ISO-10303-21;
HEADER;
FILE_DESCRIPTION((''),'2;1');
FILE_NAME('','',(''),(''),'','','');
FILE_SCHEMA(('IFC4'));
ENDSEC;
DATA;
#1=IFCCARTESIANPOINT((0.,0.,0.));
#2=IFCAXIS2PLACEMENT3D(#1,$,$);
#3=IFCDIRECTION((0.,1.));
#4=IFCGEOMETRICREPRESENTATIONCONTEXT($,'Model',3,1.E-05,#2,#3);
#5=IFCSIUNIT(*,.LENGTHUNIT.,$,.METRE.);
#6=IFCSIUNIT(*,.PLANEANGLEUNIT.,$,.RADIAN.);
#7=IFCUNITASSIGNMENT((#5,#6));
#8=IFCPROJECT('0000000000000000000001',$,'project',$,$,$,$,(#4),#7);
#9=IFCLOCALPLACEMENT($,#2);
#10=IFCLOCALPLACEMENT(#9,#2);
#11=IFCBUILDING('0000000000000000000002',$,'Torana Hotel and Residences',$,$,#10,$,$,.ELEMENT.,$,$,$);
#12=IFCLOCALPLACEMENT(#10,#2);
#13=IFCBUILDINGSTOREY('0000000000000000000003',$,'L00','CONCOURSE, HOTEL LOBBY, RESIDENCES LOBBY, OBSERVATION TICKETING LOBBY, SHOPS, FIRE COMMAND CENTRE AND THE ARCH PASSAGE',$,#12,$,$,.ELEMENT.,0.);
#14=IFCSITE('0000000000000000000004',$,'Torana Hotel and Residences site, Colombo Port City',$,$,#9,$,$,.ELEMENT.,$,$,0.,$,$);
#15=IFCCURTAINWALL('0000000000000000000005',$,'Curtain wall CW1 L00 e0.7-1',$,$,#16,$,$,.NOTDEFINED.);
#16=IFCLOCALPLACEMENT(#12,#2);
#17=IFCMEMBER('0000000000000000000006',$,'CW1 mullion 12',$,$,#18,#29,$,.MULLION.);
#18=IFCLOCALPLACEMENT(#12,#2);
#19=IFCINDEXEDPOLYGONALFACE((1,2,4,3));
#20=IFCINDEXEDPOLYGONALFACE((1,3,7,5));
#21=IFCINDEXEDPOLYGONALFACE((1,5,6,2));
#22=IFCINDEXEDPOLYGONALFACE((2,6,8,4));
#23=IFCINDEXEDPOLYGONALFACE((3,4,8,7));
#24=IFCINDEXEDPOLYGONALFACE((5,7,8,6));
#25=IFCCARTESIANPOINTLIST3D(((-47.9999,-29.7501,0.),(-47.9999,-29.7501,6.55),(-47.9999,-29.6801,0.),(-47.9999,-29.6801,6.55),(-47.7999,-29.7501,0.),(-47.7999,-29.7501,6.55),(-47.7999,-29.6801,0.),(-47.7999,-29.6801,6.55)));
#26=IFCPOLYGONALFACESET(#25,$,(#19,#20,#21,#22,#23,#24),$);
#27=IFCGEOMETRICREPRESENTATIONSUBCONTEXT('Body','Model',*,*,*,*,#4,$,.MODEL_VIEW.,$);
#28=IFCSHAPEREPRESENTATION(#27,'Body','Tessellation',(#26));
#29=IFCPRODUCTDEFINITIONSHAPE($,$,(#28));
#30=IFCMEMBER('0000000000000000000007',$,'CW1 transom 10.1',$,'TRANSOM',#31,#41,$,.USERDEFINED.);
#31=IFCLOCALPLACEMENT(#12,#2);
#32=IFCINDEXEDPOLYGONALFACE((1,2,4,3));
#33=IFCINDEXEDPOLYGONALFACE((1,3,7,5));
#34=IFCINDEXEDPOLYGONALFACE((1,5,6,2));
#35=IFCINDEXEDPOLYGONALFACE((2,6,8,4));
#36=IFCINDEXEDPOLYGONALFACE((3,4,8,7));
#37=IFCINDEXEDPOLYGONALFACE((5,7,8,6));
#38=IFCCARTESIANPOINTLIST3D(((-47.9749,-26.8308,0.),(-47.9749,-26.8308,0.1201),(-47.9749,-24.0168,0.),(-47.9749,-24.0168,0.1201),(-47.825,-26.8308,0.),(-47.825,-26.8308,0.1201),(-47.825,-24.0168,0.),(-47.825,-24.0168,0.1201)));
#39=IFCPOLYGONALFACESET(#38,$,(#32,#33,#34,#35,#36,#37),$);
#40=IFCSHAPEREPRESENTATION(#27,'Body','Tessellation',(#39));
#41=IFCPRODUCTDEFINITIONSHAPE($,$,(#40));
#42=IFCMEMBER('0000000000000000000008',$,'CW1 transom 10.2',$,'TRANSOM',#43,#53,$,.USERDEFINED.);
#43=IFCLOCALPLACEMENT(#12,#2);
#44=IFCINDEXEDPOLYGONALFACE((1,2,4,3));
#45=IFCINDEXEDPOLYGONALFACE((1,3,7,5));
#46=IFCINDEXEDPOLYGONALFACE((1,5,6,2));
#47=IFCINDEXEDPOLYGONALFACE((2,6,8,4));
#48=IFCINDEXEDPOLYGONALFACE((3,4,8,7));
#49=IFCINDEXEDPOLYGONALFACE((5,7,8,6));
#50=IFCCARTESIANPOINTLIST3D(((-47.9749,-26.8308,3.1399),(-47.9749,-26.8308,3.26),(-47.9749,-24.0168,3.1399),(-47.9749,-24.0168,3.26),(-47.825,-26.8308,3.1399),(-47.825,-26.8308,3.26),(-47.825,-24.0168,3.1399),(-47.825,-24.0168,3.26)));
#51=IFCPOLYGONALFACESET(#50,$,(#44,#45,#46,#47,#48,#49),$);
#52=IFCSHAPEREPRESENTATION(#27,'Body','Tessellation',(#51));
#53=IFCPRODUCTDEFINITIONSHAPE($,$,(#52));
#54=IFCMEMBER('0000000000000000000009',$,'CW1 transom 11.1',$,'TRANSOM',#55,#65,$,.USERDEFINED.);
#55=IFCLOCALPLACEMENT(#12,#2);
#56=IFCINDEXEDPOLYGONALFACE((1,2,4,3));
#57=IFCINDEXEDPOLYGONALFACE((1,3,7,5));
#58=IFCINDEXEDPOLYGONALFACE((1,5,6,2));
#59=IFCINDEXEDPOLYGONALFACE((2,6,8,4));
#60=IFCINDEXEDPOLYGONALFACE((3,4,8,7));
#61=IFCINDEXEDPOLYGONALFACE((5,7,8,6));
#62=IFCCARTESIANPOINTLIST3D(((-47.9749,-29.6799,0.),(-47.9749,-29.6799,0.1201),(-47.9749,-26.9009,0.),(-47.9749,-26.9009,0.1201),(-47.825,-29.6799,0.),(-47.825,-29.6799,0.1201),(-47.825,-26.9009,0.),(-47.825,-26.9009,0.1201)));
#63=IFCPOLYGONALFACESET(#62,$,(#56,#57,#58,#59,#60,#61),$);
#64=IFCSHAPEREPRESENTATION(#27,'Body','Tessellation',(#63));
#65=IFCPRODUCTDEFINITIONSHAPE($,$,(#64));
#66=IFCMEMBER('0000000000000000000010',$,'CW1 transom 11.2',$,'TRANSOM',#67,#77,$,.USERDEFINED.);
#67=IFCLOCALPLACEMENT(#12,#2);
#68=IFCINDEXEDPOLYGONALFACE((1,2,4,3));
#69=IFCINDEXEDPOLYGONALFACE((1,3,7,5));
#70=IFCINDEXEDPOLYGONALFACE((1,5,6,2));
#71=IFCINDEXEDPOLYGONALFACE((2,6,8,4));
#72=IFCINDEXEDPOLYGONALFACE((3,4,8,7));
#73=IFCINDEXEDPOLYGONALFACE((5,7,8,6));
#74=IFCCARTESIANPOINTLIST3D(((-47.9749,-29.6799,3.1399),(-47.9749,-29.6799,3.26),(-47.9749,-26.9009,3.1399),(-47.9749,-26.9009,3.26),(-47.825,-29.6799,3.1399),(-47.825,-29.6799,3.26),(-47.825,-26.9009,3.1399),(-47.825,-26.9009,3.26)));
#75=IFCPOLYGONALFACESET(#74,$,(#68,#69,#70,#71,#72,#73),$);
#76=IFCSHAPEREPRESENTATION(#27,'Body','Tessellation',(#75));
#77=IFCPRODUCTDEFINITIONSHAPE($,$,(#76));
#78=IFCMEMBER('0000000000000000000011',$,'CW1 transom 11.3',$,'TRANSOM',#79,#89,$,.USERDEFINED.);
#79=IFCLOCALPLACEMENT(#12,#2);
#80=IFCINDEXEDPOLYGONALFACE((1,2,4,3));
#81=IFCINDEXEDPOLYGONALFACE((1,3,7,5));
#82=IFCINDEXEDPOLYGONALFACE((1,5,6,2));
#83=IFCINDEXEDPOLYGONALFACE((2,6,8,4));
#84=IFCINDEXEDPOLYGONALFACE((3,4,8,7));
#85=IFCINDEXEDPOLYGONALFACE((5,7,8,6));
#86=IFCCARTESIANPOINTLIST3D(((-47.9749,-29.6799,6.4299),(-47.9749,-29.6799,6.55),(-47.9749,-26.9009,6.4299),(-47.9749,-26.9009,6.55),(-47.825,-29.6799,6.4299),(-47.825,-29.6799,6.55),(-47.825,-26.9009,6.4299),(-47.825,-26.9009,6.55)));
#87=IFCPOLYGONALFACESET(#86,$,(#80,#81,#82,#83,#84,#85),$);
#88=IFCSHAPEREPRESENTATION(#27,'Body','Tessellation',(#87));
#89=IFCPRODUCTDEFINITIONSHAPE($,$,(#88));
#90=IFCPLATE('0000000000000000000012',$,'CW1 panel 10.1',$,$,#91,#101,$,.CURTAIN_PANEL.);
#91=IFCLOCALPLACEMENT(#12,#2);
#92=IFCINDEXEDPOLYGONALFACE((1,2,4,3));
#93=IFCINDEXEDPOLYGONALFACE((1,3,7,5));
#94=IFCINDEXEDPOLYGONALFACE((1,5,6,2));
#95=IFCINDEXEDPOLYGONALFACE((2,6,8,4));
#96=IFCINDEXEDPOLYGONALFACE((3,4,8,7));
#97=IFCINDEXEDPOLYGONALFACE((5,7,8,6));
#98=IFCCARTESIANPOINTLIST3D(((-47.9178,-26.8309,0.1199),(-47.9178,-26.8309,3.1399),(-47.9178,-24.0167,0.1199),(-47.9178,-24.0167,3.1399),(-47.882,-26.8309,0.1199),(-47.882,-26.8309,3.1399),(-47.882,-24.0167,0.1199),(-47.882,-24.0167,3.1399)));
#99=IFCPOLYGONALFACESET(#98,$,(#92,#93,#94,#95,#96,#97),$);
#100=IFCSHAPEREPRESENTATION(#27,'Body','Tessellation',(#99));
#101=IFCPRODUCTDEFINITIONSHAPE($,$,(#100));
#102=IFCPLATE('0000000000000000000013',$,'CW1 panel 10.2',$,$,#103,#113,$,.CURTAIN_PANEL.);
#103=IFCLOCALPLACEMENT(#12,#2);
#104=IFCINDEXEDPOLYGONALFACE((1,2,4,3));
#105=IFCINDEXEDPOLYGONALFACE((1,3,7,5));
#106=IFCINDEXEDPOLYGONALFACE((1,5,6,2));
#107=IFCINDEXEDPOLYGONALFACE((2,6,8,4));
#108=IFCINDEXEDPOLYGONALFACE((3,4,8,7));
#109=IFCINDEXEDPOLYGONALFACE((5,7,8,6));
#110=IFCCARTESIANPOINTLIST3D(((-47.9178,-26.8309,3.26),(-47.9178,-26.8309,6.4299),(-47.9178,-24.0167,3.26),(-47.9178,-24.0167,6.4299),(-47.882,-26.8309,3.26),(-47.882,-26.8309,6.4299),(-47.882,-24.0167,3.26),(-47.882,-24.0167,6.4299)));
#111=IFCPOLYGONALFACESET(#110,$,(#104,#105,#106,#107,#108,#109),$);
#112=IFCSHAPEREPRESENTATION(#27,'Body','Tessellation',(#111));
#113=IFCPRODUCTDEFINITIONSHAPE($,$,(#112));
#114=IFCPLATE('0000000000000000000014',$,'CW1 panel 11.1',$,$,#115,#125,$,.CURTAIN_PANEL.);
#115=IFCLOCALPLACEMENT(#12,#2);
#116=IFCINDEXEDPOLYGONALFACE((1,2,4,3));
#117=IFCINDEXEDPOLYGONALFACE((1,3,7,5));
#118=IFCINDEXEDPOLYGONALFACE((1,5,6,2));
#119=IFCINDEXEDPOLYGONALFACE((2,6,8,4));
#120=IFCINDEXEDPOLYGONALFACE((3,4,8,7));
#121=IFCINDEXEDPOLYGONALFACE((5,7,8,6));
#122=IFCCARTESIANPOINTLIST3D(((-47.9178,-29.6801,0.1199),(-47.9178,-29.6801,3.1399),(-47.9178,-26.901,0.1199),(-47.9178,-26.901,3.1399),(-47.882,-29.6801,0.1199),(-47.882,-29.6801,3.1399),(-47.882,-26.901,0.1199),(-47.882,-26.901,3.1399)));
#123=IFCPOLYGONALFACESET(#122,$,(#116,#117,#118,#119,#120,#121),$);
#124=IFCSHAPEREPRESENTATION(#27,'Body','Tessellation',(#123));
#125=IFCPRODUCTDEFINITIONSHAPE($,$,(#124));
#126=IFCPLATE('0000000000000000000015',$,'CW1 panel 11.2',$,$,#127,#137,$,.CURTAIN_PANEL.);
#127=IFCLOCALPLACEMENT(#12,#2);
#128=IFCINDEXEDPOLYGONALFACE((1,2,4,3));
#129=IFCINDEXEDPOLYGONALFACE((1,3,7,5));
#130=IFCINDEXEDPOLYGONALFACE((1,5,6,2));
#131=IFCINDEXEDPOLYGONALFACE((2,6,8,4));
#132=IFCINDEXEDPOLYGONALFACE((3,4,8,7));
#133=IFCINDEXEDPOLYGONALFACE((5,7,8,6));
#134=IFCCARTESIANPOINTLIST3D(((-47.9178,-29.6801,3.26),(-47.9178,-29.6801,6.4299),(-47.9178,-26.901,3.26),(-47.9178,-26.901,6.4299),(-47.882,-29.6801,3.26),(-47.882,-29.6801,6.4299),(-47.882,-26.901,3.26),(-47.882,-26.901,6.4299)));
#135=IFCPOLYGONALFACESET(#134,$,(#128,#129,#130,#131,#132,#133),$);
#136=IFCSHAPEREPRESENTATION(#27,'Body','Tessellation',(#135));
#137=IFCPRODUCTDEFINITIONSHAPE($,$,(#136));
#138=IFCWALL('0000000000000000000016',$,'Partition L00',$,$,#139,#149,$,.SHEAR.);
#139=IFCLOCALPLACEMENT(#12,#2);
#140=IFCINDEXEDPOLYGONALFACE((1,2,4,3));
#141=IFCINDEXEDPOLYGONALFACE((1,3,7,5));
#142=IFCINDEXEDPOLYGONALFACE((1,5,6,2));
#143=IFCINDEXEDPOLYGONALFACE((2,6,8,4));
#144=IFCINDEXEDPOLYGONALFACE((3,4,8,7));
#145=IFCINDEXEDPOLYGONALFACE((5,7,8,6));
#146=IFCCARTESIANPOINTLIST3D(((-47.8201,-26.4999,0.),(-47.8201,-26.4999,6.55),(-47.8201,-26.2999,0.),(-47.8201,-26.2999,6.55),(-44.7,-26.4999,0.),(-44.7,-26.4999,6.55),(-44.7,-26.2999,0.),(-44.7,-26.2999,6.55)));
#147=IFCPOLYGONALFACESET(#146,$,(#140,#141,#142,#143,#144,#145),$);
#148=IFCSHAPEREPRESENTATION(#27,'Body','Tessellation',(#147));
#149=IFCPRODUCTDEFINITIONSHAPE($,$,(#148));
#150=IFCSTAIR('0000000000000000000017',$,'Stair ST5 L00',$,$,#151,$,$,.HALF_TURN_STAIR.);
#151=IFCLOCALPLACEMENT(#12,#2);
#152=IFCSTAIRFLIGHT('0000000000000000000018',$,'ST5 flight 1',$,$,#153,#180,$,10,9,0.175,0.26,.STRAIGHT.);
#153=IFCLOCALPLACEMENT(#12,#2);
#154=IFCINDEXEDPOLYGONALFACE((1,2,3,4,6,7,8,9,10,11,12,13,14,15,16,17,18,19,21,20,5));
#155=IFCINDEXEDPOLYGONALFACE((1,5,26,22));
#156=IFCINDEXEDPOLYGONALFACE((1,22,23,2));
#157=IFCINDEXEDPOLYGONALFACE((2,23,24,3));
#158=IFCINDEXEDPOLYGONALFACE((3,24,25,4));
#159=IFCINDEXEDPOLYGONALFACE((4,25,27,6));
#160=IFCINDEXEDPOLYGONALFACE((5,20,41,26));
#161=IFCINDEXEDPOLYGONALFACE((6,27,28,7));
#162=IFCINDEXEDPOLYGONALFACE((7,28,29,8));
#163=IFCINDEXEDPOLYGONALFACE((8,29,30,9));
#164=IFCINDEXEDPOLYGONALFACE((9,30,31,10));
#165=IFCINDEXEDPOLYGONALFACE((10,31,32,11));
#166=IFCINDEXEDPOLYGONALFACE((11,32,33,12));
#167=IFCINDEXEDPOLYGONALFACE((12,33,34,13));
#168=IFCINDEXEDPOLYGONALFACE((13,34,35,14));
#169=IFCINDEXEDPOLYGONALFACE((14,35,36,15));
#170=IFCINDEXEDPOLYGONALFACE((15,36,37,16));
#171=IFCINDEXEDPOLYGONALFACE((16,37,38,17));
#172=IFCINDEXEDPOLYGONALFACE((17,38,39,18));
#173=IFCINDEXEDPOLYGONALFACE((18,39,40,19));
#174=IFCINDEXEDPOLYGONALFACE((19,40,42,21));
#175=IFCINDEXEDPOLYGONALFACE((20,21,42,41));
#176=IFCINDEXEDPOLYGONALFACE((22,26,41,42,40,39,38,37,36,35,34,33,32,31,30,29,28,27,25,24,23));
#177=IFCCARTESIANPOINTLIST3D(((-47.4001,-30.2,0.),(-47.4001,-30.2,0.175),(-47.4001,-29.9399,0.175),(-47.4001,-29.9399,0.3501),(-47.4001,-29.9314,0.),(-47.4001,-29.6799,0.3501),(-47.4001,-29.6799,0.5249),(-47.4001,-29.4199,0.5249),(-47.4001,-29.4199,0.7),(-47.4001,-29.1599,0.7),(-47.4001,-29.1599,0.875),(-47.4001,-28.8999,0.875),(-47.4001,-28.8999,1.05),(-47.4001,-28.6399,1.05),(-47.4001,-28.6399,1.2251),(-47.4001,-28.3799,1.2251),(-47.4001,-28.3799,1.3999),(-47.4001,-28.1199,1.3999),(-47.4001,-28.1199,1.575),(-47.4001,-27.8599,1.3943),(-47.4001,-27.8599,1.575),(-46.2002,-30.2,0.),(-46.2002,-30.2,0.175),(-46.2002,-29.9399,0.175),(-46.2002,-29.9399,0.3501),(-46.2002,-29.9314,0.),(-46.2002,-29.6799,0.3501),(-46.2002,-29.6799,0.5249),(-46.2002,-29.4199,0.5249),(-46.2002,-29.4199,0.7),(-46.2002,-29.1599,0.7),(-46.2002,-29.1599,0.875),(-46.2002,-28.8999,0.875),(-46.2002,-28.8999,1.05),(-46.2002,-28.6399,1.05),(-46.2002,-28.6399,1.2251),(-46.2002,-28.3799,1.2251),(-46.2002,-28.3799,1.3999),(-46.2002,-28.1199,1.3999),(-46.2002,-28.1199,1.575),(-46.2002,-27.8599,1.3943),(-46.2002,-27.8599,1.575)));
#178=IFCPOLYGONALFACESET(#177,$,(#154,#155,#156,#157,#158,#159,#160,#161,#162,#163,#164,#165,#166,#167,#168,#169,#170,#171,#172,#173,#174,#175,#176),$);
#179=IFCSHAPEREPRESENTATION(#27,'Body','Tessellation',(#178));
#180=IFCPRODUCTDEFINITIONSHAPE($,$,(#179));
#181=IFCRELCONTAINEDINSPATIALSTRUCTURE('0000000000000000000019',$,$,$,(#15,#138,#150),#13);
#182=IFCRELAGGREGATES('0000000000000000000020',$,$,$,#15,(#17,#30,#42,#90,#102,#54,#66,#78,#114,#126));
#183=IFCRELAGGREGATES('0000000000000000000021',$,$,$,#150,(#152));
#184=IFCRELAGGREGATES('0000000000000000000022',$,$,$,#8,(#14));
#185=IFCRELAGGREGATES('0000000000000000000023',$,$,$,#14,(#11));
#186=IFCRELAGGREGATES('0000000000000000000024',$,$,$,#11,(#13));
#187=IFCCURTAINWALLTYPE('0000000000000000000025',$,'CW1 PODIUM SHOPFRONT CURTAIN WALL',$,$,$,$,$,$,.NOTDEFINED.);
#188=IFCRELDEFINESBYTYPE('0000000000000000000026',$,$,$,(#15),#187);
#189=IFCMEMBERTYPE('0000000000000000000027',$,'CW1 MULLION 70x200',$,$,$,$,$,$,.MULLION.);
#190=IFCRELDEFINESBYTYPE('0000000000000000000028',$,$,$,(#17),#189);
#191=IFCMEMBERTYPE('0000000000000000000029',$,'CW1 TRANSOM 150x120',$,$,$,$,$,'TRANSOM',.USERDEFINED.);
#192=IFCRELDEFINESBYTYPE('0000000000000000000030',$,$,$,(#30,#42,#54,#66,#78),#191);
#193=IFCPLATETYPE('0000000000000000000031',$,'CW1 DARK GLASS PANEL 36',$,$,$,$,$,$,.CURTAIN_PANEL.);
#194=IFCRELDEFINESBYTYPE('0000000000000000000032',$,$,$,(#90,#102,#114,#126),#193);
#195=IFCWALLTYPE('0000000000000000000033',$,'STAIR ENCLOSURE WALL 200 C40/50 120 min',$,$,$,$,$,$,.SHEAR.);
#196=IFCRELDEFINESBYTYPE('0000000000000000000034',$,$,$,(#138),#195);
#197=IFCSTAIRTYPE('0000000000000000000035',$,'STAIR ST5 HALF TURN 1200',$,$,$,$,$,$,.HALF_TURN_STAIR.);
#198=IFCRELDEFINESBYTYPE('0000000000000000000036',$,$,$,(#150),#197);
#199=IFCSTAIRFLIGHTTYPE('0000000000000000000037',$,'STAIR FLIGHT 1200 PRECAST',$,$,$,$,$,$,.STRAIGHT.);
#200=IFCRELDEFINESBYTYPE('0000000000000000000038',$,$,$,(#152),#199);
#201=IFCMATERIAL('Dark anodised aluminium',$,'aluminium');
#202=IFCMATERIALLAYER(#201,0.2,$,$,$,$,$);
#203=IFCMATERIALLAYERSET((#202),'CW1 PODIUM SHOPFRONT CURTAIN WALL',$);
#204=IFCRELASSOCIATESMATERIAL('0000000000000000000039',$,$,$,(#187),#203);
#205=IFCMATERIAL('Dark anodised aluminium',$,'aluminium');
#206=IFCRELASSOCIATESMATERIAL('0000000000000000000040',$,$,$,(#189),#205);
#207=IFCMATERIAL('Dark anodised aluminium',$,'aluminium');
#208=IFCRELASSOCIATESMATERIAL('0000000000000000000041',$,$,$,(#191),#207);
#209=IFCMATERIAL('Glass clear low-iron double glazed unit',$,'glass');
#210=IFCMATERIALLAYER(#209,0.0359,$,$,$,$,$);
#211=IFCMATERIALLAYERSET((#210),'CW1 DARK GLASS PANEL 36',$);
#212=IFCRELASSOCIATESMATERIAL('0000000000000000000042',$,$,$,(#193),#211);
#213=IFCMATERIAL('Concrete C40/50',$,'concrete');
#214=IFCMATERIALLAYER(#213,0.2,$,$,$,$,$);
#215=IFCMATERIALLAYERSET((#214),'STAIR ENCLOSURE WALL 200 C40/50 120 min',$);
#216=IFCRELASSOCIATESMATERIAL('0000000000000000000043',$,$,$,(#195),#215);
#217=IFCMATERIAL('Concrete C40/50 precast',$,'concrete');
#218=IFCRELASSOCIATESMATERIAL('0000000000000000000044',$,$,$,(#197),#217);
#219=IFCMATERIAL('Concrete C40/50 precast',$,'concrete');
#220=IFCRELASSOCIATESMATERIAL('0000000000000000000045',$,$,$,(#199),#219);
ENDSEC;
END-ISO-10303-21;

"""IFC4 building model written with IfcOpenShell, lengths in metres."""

from ifc_helpers import new_model, si_unit, direction, frame, frame_2d, origin, origin_2d, place, context, subcontext, project, spatial, polyline, rectangle, outline, extrude, material, layer, layer_set, material_profile, profile_set, type_object, element, aggregate, save


model = new_model("IFC4")

# Units and contexts
model_context = context("Model", 3, precision=1e-05, world=origin(), true_north=direction((0.0, 1.0)))
body_context = subcontext(model_context, "Body", "Model", "MODEL_VIEW")
ifc_project = project(units=[si_unit("LENGTHUNIT", "METRE"), si_unit("PLANEANGLEUNIT", "RADIAN")], contexts=[model_context])

# Site, building, storey
site_placement = place(None, origin())
site = spatial("IfcSite", under=ifc_project, at=site_placement, Name="Torana Hotel and Residences site, Colombo Port City", CompositionType="ELEMENT", RefElevation=0.0)
building_placement = place(site_placement, origin())
building = spatial("IfcBuilding", under=site, at=building_placement, Name="Torana Hotel and Residences", CompositionType="ELEMENT")
storey_placement = place(building_placement, origin())
storey = spatial("IfcBuildingStorey", under=building, at=storey_placement, Name="L00", Description="CONCOURSE, HOTEL LOBBY, RESIDENCES LOBBY, OBSERVATION TICKETING LOBBY, SHOPS, FIRE COMMAND CENTRE AND THE ARCH PASSAGE", CompositionType="ELEMENT", Elevation=0.0)

# Curtain wall, members, plates
ifc_material_1 = material(Name="Dark anodised aluminium", Category="aluminium")
ifc_layer_1 = layer(ifc_material_1, 0.2)
ifc_layer_set_1 = layer_set([ifc_layer_1], Name="CW1 PODIUM SHOPFRONT CURTAIN WALL")
curtain_wall_type = type_object("IfcCurtainWallType", Name="CW1 PODIUM SHOPFRONT CURTAIN WALL", PredefinedType="NOTDEFINED", material=ifc_layer_set_1)
curtain_wall_placement = place(storey_placement, origin())
curtain_wall = element("IfcCurtainWall", 1, at=curtain_wall_placement, inside=storey, type_object=curtain_wall_type, Name="Curtain wall CW1 L00 e0.7-1", PredefinedType="NOTDEFINED")
ifc_material_2 = material(Name="Dark anodised aluminium", Category="aluminium")
ifc_material_profile_1 = material_profile(ifc_material_2, rectangle(XDim=0.2, YDim=0.0701, at=origin_2d()), Name="CW1 MULLION 70x200")
ifc_profile_set_1 = profile_set([ifc_material_profile_1], Name="Dark anodised aluminium")
member_type_1 = type_object("IfcMemberType", Name="CW1 MULLION 70x200", PredefinedType="MULLION", material=ifc_profile_set_1)
member_1_placement = place(storey_placement, frame((-47.8999, -29.7151, 0.0), z_axis=(0.0, 0.0, 1.0), x_axis=(1.0, 0.0, 0.0)))
member_1 = element("IfcMember", 2, at=member_1_placement, type_object=member_type_1, Name="CW1 mullion 12", PredefinedType="MULLION", context=body_context, shape_type="SweptSolid", body=[
    extrude(rectangle(XDim=0.2, YDim=0.0701, at=origin_2d()), origin(), (0.0, 0.0, 1.0), 6.55),
])
ifc_material_3 = material(Name="Dark anodised aluminium", Category="aluminium")
ifc_material_profile_2 = material_profile(ifc_material_3, rectangle(XDim=0.1499, YDim=0.1201, at=origin_2d()), Name="CW1 TRANSOM 150x120")
ifc_profile_set_2 = profile_set([ifc_material_profile_2], Name="Dark anodised aluminium")
member_type_2 = type_object("IfcMemberType", Name="CW1 TRANSOM 150x120", ElementType="TRANSOM", PredefinedType="USERDEFINED", material=ifc_profile_set_2)
member_2_placement = place(storey_placement, frame((-47.8999, -24.0168, 0.0601), z_axis=(0.0, -1.0, 0.0), x_axis=(1.0, 0.0, 0.0)))
member_2 = element("IfcMember", 3, at=member_2_placement, type_object=member_type_2, Name="CW1 transom 10.1", ObjectType="TRANSOM", PredefinedType="USERDEFINED", context=body_context, shape_type="SweptSolid", body=[
    extrude(rectangle(XDim=0.1499, YDim=0.1201, at=origin_2d()), origin(), (0.0, 0.0, 1.0), 2.814),
])
member_3_placement = place(storey_placement, frame((-47.8999, -24.0168, 3.2), z_axis=(0.0, -1.0, 0.0), x_axis=(1.0, 0.0, 0.0)))
member_3 = element("IfcMember", 4, at=member_3_placement, type_object=member_type_2, Name="CW1 transom 10.2", ObjectType="TRANSOM", PredefinedType="USERDEFINED", context=body_context, shape_type="SweptSolid", body=[
    extrude(rectangle(XDim=0.1499, YDim=0.1201, at=origin_2d()), origin(), (0.0, 0.0, 1.0), 2.814),
])
member_4_placement = place(storey_placement, frame((-47.8999, -26.9009, 0.0601), z_axis=(0.0, -1.0, 0.0), x_axis=(1.0, 0.0, 0.0)))
member_4 = element("IfcMember", 5, at=member_4_placement, type_object=member_type_2, Name="CW1 transom 11.1", ObjectType="TRANSOM", PredefinedType="USERDEFINED", context=body_context, shape_type="SweptSolid", body=[
    extrude(rectangle(XDim=0.1499, YDim=0.1201, at=origin_2d()), origin(), (0.0, 0.0, 1.0), 2.7791),
])
member_5_placement = place(storey_placement, frame((-47.8999, -26.9009, 3.2), z_axis=(0.0, -1.0, 0.0), x_axis=(1.0, 0.0, 0.0)))
member_5 = element("IfcMember", 6, at=member_5_placement, type_object=member_type_2, Name="CW1 transom 11.2", ObjectType="TRANSOM", PredefinedType="USERDEFINED", context=body_context, shape_type="SweptSolid", body=[
    extrude(rectangle(XDim=0.1499, YDim=0.1201, at=origin_2d()), origin(), (0.0, 0.0, 1.0), 2.7791),
])
member_6_placement = place(storey_placement, frame((-47.8999, -26.9009, 6.49), z_axis=(0.0, -1.0, 0.0), x_axis=(1.0, 0.0, 0.0)))
member_6 = element("IfcMember", 7, at=member_6_placement, type_object=member_type_2, Name="CW1 transom 11.3", ObjectType="TRANSOM", PredefinedType="USERDEFINED", context=body_context, shape_type="SweptSolid", body=[
    extrude(rectangle(XDim=0.1499, YDim=0.1201, at=origin_2d()), origin(), (0.0, 0.0, 1.0), 2.7791),
])
ifc_material_4 = material(Name="Glass clear low-iron double glazed unit", Category="glass")
ifc_layer_2 = layer(ifc_material_4, 0.0359)
ifc_layer_set_2 = layer_set([ifc_layer_2], Name="CW1 DARK GLASS PANEL 36")
plate_type = type_object("IfcPlateType", Name="CW1 DARK GLASS PANEL 36", PredefinedType="CURTAIN_PANEL", material=ifc_layer_set_2)
plate_1_placement = place(storey_placement, frame((-47.8999, -25.4238, 0.1199), z_axis=(0.0, 0.0, 1.0), x_axis=(0.0, -1.0, 0.0)))
plate_1 = element("IfcPlate", 8, at=plate_1_placement, type_object=plate_type, Name="CW1 panel 10.1", PredefinedType="CURTAIN_PANEL", context=body_context, shape_type="SweptSolid", body=[
    extrude(rectangle(XDim=2.8142, YDim=0.0359, at=origin_2d()), origin(), (0.0, 0.0, 1.0), 3.02),
])
plate_2_placement = place(storey_placement, frame((-47.8999, -25.4238, 3.26), z_axis=(0.0, 0.0, 1.0), x_axis=(0.0, -1.0, 0.0)))
plate_2 = element("IfcPlate", 9, at=plate_2_placement, type_object=plate_type, Name="CW1 panel 10.2", PredefinedType="CURTAIN_PANEL", context=body_context, shape_type="SweptSolid", body=[
    extrude(rectangle(XDim=2.8142, YDim=0.0359, at=origin_2d()), origin(), (0.0, 0.0, 1.0), 3.1699),
])
plate_3_placement = place(storey_placement, frame((-47.8999, -28.2905, 0.1199), z_axis=(0.0, 0.0, 1.0), x_axis=(0.0, -1.0, 0.0)))
plate_3 = element("IfcPlate", 10, at=plate_3_placement, type_object=plate_type, Name="CW1 panel 11.1", PredefinedType="CURTAIN_PANEL", context=body_context, shape_type="SweptSolid", body=[
    extrude(rectangle(XDim=2.7791, YDim=0.0359, at=origin_2d()), origin(), (0.0, 0.0, 1.0), 3.02),
])
plate_4_placement = place(storey_placement, frame((-47.8999, -28.2905, 3.26), z_axis=(0.0, 0.0, 1.0), x_axis=(0.0, -1.0, 0.0)))
plate_4 = element("IfcPlate", 11, at=plate_4_placement, type_object=plate_type, Name="CW1 panel 11.2", PredefinedType="CURTAIN_PANEL", context=body_context, shape_type="SweptSolid", body=[
    extrude(rectangle(XDim=2.7791, YDim=0.0359, at=origin_2d()), origin(), (0.0, 0.0, 1.0), 3.1699),
])
aggregate(curtain_wall, [member_1, member_2, member_3, plate_1, plate_2, member_4, member_5, member_6, plate_3, plate_4])

# Wall
ifc_material_5 = material(Name="Concrete C40/50", Category="concrete")
ifc_layer_3 = layer(ifc_material_5, 0.2)
ifc_layer_set_3 = layer_set([ifc_layer_3], Name="STAIR ENCLOSURE WALL 200 C40/50 120 min")
wall_type_1 = type_object("IfcWallType", Name="STAIR ENCLOSURE WALL 200 C40/50 120 min", PredefinedType="SHEAR", material=ifc_layer_set_3)
wall_1_placement = place(storey_placement, frame((-47.8201, -26.3999, 0.0), z_axis=(0.0, 0.0, 1.0), x_axis=(1.0, 0.0, 0.0)))
element("IfcWall", 12, at=wall_1_placement, inside=storey, type_object=wall_type_1, Name="Partition L00", PredefinedType="SHEAR", context=body_context, shape_type="SweptSolid", body=[
    extrude(rectangle(XDim=3.1201, YDim=0.2, at=frame_2d((1.5601, 0.0))), origin(), (0.0, 0.0, 1.0), 6.55),
])

# Stair, stair flight
ifc_material_6 = material(Name="Concrete C40/50 precast", Category="concrete")
stair_type = type_object("IfcStairType", Name="STAIR ST5 HALF TURN 1200", PredefinedType="HALF_TURN_STAIR", material=ifc_material_6)
stair_placement = place(storey_placement, origin())
stair = element("IfcStair", 13, at=stair_placement, inside=storey, type_object=stair_type, Name="Stair ST5 L00", PredefinedType="HALF_TURN_STAIR")
ifc_material_7 = material(Name="Concrete C40/50 precast", Category="concrete")
stair_flight_type = type_object("IfcStairFlightType", Name="STAIR FLIGHT 1200 PRECAST", PredefinedType="STRAIGHT", material=ifc_material_7)
stair_flight_1_placement = place(storey_placement, frame((-46.8, -30.2, 0.0), z_axis=(0.0, 0.0, 1.0), x_axis=(0.0, 1.0, 0.0)))
stair_flight_1 = element("IfcStairFlight", 14, at=stair_flight_1_placement, type_object=stair_flight_type, Name="ST5 flight 1", NumberOfRisers=10, NumberOfTreads=9, PredefinedType="STRAIGHT", RiserHeight=0.175, TreadLength=0.26, context=body_context, shape_type="SweptSolid", body=[
    extrude(outline(polyline([(0.0, 0.0), (0.0, 0.175), (0.26, 0.175), (0.26, 0.3501), (0.52, 0.3501), (0.52, 0.5249), (0.78, 0.5249), (0.78, 0.7), (1.04, 0.7), (1.04, 0.875), (1.3, 0.875), (1.3, 1.05), (1.5601, 1.05), (1.5601, 1.2251), (1.8201, 1.2251), (1.8201, 1.3999), (2.0801, 1.3999), (2.0801, 1.575), (2.3401, 1.575), (2.3401, 1.75), (2.3401, 1.3943), (0.2686, 0.0), (0.0, 0.0)])), frame((0.0, 0.6001, 0.0), z_axis=(0.0, -1.0, 0.0), x_axis=(1.0, 0.0, 0.0)), (0.0, 0.0, 1.0), 1.2),
])
aggregate(stair, [stair_flight_1])

save(model, "model.ifc")
